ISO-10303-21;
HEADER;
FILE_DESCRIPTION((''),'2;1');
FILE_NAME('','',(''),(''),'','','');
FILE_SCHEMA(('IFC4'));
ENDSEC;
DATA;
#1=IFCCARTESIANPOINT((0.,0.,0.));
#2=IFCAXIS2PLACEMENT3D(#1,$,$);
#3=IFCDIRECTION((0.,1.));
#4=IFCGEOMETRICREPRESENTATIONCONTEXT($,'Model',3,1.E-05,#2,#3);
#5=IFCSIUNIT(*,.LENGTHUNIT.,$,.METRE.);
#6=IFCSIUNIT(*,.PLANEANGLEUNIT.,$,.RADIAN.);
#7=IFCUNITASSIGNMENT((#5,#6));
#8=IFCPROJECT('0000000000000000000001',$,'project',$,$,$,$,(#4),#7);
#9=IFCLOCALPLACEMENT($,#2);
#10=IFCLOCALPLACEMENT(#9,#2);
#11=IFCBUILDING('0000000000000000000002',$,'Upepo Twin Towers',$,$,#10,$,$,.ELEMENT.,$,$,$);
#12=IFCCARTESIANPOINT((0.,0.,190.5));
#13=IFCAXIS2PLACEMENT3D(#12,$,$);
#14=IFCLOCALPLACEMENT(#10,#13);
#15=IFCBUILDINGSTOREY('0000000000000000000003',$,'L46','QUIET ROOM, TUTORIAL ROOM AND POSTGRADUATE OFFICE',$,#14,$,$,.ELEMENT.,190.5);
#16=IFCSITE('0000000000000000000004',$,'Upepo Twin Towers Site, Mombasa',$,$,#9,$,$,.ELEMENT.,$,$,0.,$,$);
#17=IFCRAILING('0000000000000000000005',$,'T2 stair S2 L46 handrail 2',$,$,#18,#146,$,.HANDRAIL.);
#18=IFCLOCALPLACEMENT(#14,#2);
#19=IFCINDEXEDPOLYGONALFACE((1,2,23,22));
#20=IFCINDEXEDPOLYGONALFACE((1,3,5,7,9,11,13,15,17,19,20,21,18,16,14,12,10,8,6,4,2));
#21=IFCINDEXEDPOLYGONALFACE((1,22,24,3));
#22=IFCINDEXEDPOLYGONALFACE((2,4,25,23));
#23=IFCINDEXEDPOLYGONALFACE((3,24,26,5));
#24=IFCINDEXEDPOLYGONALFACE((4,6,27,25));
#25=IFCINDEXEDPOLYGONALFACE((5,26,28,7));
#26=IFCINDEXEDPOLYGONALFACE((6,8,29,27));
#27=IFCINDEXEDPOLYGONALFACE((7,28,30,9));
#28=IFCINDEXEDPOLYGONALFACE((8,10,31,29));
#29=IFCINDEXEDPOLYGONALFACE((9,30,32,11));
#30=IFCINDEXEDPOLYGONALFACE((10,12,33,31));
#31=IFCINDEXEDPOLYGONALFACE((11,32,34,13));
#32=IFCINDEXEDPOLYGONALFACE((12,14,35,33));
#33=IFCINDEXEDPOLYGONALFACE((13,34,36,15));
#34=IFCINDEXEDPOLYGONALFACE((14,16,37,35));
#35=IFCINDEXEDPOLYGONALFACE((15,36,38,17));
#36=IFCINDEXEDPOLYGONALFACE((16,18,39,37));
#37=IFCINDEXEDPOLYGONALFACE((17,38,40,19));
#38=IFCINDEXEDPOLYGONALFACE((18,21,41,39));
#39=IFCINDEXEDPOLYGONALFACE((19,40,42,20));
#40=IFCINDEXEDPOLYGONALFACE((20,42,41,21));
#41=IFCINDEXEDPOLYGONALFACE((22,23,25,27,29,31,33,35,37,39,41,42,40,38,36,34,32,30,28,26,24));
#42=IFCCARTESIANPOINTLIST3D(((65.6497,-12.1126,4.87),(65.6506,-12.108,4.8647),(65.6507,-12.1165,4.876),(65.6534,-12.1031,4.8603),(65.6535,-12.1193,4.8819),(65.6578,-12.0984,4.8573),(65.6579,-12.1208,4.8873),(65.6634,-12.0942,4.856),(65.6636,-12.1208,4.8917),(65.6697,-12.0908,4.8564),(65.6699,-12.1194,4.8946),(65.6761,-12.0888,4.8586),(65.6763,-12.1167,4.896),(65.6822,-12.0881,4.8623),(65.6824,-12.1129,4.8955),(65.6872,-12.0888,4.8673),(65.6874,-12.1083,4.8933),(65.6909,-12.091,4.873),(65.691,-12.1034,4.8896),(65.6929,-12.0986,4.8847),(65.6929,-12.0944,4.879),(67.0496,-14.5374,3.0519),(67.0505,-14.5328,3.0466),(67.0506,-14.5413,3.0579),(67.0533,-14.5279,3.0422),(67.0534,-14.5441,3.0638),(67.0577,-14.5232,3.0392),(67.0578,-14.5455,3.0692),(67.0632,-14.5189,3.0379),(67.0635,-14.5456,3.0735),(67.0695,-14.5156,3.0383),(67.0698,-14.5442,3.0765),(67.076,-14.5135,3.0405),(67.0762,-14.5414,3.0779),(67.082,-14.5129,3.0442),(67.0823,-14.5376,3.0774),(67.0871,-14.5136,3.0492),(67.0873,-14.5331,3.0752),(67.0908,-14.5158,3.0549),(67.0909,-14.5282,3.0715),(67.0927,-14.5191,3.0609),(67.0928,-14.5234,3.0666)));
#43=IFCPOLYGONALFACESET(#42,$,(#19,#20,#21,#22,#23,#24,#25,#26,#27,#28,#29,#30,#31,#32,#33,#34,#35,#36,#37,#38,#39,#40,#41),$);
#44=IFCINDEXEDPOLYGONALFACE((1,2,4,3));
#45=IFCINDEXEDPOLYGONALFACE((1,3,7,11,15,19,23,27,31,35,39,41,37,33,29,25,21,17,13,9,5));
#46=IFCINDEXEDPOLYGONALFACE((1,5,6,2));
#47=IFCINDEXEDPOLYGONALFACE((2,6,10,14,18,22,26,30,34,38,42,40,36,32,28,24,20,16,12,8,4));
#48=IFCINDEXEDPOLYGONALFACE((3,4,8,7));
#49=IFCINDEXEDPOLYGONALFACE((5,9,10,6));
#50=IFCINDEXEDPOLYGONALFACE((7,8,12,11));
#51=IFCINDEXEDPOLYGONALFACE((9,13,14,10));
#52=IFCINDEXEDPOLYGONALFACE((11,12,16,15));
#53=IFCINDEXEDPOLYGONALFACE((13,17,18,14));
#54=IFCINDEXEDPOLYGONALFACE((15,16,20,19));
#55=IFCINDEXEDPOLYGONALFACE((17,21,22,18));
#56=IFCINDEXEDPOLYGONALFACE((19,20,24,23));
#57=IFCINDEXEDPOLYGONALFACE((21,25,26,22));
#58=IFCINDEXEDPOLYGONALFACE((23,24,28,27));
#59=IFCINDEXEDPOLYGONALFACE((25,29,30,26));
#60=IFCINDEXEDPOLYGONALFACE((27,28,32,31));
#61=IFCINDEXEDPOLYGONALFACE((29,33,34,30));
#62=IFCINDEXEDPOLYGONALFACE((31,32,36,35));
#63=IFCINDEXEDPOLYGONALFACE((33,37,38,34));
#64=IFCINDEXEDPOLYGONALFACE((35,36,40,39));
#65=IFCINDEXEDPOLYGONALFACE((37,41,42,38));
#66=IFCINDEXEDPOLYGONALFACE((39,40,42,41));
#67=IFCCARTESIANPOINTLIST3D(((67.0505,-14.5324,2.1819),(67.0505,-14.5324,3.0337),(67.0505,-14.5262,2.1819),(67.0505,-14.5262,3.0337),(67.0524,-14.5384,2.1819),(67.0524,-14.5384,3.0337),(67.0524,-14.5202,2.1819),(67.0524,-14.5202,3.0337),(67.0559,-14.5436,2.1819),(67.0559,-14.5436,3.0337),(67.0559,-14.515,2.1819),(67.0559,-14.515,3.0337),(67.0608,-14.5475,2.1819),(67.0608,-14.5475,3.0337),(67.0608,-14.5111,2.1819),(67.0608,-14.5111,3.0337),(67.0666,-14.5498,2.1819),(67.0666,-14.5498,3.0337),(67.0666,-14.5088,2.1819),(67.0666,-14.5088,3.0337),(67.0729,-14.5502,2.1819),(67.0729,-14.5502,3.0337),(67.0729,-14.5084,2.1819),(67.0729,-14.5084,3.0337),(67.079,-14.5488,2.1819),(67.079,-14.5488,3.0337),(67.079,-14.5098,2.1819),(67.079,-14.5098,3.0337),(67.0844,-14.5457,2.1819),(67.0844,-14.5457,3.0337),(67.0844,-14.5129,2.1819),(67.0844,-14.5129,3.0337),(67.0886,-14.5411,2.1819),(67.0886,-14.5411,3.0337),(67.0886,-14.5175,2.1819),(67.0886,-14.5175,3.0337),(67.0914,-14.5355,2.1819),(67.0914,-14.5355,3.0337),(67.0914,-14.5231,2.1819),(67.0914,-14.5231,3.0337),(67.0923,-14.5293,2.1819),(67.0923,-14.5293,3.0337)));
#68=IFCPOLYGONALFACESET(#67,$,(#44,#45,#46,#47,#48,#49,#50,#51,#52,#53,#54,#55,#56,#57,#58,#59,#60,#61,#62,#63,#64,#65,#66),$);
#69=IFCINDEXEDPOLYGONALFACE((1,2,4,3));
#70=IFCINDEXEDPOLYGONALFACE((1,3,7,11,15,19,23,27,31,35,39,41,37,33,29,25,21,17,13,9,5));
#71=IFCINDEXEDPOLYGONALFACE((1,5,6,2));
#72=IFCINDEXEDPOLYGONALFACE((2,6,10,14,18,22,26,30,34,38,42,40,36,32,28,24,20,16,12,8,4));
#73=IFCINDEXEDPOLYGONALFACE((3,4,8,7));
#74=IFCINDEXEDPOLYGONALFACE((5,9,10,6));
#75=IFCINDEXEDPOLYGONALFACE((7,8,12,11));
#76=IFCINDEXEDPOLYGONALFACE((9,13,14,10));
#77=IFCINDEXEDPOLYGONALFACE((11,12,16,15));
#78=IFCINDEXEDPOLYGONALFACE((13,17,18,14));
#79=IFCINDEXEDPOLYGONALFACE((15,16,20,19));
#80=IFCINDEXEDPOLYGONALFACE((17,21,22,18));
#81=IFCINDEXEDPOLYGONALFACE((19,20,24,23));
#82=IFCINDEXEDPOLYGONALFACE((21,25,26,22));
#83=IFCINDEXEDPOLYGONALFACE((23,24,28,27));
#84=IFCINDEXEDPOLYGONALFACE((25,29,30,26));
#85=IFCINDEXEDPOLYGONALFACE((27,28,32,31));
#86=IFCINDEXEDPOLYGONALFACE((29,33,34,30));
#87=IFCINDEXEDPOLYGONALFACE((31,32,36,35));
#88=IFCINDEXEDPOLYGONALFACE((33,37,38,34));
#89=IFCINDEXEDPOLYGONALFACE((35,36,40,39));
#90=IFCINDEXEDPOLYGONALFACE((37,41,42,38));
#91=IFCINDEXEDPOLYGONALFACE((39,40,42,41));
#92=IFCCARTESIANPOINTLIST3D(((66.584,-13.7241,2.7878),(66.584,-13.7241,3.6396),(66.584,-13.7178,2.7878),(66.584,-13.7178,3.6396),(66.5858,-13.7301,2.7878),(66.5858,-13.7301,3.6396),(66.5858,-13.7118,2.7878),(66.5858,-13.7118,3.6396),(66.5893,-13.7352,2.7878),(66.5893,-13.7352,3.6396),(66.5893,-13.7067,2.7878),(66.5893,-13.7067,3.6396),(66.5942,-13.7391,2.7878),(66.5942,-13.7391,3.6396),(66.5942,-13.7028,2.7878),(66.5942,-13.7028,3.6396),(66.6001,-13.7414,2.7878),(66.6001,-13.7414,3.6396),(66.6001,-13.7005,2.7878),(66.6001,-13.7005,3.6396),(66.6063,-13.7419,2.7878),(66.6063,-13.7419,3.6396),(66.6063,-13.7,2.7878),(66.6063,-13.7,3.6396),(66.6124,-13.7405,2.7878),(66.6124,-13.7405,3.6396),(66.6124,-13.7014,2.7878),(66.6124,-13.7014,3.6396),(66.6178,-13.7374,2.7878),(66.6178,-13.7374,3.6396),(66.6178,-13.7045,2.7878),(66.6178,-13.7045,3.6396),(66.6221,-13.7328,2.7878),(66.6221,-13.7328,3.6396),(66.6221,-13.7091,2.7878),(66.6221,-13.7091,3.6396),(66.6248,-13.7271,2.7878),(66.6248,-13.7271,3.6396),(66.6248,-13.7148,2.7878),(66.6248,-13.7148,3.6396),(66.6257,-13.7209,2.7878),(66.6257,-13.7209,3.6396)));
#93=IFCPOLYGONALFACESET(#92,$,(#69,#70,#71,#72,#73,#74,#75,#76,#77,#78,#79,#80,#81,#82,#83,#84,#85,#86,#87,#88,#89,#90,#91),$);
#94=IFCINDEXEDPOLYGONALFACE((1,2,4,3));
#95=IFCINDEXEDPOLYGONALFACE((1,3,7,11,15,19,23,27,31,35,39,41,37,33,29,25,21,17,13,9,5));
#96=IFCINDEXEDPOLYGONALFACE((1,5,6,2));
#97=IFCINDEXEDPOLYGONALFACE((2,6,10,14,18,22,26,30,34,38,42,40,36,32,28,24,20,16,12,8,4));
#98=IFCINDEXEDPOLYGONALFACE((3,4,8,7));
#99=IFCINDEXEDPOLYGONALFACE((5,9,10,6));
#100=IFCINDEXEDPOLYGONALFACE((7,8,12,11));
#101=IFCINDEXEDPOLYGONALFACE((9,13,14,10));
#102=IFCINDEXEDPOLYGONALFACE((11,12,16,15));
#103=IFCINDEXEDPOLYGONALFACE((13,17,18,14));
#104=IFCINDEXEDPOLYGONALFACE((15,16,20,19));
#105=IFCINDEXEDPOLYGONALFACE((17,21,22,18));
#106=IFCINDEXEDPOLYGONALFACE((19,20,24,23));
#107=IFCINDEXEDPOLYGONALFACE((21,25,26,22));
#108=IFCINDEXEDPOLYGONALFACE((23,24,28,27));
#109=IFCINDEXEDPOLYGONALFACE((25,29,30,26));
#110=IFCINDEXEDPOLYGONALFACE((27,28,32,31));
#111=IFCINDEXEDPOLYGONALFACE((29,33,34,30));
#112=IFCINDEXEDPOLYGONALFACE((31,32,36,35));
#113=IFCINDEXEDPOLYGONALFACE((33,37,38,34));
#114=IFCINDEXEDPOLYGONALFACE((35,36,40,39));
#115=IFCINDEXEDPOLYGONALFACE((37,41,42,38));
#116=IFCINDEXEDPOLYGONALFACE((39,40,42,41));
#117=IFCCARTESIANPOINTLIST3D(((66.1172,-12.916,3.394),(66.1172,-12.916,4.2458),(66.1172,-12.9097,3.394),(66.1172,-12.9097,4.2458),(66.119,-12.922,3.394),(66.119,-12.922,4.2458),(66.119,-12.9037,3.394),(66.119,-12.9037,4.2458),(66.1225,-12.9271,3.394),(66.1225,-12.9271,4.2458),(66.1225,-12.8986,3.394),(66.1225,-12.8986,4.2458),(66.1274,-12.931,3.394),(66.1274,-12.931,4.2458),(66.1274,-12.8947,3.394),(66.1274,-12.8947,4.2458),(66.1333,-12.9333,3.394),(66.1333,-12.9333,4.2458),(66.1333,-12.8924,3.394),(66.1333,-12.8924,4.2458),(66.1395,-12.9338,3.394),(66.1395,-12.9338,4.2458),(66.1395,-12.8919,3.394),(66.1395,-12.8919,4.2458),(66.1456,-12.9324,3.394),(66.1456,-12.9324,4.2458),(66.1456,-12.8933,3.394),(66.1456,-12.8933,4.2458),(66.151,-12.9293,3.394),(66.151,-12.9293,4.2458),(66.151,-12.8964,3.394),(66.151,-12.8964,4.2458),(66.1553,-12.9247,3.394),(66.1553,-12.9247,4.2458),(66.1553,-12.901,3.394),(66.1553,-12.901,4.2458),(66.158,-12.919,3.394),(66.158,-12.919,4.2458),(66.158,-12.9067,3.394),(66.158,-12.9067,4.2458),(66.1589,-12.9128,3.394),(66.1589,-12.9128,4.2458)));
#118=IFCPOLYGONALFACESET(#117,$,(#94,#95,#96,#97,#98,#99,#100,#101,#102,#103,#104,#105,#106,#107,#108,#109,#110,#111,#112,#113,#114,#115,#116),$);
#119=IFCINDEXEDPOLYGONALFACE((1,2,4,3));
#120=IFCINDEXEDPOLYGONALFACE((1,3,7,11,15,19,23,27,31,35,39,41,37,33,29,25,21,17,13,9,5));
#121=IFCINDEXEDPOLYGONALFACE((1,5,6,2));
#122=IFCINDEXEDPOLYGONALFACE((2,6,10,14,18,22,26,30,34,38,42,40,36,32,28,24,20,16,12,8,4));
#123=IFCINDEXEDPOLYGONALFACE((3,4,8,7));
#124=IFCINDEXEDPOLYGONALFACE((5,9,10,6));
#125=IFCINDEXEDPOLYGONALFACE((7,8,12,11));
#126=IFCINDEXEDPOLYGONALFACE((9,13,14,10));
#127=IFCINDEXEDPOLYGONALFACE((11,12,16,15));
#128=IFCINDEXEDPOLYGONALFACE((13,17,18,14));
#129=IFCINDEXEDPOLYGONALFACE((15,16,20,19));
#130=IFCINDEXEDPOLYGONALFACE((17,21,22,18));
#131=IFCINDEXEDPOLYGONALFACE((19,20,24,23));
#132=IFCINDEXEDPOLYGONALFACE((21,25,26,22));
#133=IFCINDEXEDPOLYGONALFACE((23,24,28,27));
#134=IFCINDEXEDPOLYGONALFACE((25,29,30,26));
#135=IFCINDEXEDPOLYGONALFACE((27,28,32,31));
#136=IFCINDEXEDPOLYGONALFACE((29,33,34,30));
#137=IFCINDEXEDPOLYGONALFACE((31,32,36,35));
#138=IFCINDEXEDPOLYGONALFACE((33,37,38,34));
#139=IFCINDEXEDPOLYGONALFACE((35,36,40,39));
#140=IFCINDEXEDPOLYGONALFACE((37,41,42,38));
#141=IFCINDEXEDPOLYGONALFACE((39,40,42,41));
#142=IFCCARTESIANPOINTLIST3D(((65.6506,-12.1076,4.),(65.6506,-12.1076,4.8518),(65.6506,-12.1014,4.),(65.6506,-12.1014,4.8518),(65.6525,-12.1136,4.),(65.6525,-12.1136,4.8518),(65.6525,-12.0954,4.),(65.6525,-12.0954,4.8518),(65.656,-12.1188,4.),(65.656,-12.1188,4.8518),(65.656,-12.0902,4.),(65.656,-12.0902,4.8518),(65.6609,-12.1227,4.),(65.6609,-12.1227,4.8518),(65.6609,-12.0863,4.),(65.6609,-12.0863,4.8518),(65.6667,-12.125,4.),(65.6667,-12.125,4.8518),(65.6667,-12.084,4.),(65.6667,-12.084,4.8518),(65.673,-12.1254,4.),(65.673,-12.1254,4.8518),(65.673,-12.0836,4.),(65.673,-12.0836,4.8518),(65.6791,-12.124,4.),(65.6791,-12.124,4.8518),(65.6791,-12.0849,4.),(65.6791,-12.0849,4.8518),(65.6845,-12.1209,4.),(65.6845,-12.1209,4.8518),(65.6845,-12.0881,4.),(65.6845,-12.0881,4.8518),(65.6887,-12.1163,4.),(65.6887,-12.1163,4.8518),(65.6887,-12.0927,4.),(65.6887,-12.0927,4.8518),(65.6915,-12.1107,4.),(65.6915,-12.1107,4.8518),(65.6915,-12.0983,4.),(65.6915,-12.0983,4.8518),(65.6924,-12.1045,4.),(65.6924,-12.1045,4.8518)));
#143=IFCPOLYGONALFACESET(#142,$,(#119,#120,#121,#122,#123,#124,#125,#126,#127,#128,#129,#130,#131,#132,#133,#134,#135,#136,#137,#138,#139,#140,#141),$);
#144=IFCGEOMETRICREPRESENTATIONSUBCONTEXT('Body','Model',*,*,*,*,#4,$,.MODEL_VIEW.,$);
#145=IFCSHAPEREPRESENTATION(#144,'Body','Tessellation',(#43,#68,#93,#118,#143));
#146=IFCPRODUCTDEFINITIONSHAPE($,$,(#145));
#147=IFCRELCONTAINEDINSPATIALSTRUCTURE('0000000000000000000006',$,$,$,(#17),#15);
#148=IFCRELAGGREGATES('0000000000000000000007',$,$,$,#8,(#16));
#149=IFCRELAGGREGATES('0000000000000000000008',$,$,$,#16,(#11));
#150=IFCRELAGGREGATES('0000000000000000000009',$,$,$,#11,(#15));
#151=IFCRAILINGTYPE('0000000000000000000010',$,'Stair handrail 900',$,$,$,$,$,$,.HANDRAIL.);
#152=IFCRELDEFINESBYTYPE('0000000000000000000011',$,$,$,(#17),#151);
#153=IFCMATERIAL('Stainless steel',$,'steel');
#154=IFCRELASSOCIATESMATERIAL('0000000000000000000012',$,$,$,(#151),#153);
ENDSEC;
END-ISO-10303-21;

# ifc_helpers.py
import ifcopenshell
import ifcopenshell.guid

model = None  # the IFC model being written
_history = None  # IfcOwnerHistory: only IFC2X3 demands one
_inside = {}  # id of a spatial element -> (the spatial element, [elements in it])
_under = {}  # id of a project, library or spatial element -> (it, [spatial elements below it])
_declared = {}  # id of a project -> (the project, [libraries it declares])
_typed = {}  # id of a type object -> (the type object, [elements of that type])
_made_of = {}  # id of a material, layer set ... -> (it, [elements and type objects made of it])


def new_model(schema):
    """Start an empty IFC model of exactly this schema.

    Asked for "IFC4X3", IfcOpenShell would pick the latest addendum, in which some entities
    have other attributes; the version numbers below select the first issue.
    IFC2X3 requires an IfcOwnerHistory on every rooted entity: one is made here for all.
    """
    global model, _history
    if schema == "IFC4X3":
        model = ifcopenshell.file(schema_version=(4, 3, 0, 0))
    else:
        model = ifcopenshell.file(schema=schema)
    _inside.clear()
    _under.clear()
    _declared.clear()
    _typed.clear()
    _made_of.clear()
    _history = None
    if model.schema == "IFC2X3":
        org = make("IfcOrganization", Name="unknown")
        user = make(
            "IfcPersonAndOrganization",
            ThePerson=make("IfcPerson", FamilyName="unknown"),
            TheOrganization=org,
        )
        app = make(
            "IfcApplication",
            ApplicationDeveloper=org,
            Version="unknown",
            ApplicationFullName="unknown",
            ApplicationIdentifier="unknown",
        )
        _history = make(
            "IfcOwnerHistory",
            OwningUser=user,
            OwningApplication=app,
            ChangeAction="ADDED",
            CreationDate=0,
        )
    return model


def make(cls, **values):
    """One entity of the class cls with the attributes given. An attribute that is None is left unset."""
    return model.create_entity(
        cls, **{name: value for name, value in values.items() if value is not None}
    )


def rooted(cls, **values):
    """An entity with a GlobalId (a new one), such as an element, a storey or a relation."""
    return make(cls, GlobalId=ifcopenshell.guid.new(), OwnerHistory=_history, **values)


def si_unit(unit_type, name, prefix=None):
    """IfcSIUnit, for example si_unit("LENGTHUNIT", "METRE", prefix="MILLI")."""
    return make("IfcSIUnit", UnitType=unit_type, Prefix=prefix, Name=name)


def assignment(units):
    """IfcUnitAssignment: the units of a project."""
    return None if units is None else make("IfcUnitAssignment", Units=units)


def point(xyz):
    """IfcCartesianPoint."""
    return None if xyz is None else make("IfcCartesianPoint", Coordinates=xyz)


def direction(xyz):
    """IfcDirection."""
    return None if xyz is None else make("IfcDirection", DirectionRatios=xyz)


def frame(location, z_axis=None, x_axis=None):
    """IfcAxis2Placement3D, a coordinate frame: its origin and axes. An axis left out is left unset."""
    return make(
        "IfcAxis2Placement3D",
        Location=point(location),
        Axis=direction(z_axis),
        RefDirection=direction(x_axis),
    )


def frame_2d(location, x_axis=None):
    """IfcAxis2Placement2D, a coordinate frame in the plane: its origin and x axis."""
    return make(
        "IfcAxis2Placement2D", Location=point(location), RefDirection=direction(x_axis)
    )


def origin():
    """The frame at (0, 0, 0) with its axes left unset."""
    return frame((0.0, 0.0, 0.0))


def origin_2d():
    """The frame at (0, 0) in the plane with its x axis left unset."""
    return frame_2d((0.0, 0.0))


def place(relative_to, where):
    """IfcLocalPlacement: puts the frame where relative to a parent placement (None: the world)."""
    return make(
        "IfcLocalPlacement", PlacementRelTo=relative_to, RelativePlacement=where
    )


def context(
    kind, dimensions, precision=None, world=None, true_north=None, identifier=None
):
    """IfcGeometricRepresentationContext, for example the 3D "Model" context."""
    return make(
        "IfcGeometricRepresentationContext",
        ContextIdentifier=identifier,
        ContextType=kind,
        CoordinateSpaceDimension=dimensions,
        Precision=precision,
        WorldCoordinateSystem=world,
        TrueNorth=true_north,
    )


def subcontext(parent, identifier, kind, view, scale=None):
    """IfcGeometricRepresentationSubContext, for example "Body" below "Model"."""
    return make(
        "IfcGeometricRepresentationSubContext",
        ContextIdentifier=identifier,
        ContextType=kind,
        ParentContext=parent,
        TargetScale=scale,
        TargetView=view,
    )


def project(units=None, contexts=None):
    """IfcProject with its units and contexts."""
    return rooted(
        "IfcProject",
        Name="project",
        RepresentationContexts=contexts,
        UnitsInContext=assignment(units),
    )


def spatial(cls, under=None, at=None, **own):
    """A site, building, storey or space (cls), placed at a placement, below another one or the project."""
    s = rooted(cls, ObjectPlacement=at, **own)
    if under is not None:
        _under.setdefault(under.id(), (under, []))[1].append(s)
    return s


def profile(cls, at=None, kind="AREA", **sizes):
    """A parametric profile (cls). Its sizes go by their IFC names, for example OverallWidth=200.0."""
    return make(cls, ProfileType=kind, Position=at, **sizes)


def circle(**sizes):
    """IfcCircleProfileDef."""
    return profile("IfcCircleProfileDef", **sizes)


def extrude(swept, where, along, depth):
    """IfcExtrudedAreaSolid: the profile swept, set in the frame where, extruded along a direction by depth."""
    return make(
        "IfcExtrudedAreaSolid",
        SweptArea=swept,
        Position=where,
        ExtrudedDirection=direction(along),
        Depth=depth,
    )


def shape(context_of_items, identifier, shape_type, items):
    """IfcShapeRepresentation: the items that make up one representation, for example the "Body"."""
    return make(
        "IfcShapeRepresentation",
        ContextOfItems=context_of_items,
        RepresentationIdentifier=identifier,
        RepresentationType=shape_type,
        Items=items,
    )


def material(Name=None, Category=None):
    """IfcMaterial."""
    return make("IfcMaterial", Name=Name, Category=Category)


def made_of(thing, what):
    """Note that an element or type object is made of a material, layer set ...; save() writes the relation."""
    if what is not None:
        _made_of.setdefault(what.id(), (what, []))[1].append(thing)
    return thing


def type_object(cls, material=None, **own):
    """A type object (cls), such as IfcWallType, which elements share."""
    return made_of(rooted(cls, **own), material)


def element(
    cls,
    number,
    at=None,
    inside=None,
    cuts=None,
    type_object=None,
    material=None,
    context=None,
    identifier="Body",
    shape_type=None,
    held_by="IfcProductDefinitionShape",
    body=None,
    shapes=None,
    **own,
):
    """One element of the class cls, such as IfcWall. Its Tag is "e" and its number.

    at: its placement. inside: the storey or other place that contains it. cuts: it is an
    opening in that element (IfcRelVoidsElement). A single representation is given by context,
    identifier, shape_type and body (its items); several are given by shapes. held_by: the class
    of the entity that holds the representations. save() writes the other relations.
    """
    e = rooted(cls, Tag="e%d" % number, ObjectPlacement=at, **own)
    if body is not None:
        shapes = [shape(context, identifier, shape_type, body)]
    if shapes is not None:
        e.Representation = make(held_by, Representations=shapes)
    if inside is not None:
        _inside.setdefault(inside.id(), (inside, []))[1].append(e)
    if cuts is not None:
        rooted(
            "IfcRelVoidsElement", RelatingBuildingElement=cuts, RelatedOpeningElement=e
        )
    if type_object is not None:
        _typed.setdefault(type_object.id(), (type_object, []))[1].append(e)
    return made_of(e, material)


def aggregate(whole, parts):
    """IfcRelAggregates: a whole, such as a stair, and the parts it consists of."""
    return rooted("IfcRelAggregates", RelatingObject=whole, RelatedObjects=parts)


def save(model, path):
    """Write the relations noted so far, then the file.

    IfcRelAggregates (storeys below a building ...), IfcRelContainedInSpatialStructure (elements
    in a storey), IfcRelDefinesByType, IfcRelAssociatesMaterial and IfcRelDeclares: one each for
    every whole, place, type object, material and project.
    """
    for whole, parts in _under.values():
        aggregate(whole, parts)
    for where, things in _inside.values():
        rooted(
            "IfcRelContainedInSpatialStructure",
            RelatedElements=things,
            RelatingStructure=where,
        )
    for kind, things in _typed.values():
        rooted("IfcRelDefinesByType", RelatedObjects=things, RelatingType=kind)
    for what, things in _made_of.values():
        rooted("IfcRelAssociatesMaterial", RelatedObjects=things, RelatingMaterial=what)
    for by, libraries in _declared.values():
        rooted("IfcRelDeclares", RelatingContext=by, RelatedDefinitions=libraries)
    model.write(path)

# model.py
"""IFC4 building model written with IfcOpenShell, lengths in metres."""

from ifc_helpers import new_model, si_unit, direction, frame, origin, origin_2d, place, context, subcontext, project, spatial, circle, extrude, material, type_object, element, save


model = new_model("IFC4")

# Units and contexts
model_context = context("Model", 3, precision=1e-05, world=origin(), true_north=direction((0.0, 1.0)))
body_context = subcontext(model_context, "Body", "Model", "MODEL_VIEW")
ifc_project = project(units=[si_unit("LENGTHUNIT", "METRE"), si_unit("PLANEANGLEUNIT", "RADIAN")], contexts=[model_context])

# Site, building, storey
site_placement = place(None, origin())
site = spatial("IfcSite", under=ifc_project, at=site_placement, Name="Upepo Twin Towers Site, Mombasa", CompositionType="ELEMENT", RefElevation=0.0)
building_placement = place(site_placement, origin())
building = spatial("IfcBuilding", under=site, at=building_placement, Name="Upepo Twin Towers", CompositionType="ELEMENT")
storey_placement = place(building_placement, frame((0.0, 0.0, 190.5)))
storey = spatial("IfcBuildingStorey", under=building, at=storey_placement, Name="L46", Description="QUIET ROOM, TUTORIAL ROOM AND POSTGRADUATE OFFICE", CompositionType="ELEMENT", Elevation=190.5)

# Railing
ifc_material_1 = material(Name="Stainless steel", Category="steel")
railing_type = type_object("IfcRailingType", Name="Stair handrail 900", PredefinedType="HANDRAIL", material=ifc_material_1)
railing_1_placement = place(storey_placement, frame((67.0713, -14.5293, 2.1819)))
element("IfcRailing", 1, at=railing_1_placement, inside=storey, type_object=railing_type, Name="T2 stair S2 L46 handrail 2", PredefinedType="HANDRAIL", context=body_context, shape_type="SweptSolid", body=[
    extrude(circle(Radius=0.0239, at=origin_2d()), frame((0.0, 0.0, 0.876), z_axis=(-0.419333, 0.726336, 0.544606), x_axis=(-0.866035, -0.499984, 0.0)), (0.0, 0.0, 1.0), 3.3384),
    extrude(circle(Radius=0.021, at=origin_2d()), origin(), (0.0, 0.0, 1.0), 0.8518),
    extrude(circle(Radius=0.021, at=origin_2d()), frame((-0.4666, 0.8083, 0.606)), (0.0, 0.0, 1.0), 0.8518),
    extrude(circle(Radius=0.021, at=origin_2d()), frame((-0.9333, 1.6165, 1.2122)), (0.0, 0.0, 1.0), 0.8518),
    extrude(circle(Radius=0.021, at=origin_2d()), frame((-1.3999, 2.4248, 1.8181)), (0.0, 0.0, 1.0), 0.8518),
])

save(model, "model.ifc")
